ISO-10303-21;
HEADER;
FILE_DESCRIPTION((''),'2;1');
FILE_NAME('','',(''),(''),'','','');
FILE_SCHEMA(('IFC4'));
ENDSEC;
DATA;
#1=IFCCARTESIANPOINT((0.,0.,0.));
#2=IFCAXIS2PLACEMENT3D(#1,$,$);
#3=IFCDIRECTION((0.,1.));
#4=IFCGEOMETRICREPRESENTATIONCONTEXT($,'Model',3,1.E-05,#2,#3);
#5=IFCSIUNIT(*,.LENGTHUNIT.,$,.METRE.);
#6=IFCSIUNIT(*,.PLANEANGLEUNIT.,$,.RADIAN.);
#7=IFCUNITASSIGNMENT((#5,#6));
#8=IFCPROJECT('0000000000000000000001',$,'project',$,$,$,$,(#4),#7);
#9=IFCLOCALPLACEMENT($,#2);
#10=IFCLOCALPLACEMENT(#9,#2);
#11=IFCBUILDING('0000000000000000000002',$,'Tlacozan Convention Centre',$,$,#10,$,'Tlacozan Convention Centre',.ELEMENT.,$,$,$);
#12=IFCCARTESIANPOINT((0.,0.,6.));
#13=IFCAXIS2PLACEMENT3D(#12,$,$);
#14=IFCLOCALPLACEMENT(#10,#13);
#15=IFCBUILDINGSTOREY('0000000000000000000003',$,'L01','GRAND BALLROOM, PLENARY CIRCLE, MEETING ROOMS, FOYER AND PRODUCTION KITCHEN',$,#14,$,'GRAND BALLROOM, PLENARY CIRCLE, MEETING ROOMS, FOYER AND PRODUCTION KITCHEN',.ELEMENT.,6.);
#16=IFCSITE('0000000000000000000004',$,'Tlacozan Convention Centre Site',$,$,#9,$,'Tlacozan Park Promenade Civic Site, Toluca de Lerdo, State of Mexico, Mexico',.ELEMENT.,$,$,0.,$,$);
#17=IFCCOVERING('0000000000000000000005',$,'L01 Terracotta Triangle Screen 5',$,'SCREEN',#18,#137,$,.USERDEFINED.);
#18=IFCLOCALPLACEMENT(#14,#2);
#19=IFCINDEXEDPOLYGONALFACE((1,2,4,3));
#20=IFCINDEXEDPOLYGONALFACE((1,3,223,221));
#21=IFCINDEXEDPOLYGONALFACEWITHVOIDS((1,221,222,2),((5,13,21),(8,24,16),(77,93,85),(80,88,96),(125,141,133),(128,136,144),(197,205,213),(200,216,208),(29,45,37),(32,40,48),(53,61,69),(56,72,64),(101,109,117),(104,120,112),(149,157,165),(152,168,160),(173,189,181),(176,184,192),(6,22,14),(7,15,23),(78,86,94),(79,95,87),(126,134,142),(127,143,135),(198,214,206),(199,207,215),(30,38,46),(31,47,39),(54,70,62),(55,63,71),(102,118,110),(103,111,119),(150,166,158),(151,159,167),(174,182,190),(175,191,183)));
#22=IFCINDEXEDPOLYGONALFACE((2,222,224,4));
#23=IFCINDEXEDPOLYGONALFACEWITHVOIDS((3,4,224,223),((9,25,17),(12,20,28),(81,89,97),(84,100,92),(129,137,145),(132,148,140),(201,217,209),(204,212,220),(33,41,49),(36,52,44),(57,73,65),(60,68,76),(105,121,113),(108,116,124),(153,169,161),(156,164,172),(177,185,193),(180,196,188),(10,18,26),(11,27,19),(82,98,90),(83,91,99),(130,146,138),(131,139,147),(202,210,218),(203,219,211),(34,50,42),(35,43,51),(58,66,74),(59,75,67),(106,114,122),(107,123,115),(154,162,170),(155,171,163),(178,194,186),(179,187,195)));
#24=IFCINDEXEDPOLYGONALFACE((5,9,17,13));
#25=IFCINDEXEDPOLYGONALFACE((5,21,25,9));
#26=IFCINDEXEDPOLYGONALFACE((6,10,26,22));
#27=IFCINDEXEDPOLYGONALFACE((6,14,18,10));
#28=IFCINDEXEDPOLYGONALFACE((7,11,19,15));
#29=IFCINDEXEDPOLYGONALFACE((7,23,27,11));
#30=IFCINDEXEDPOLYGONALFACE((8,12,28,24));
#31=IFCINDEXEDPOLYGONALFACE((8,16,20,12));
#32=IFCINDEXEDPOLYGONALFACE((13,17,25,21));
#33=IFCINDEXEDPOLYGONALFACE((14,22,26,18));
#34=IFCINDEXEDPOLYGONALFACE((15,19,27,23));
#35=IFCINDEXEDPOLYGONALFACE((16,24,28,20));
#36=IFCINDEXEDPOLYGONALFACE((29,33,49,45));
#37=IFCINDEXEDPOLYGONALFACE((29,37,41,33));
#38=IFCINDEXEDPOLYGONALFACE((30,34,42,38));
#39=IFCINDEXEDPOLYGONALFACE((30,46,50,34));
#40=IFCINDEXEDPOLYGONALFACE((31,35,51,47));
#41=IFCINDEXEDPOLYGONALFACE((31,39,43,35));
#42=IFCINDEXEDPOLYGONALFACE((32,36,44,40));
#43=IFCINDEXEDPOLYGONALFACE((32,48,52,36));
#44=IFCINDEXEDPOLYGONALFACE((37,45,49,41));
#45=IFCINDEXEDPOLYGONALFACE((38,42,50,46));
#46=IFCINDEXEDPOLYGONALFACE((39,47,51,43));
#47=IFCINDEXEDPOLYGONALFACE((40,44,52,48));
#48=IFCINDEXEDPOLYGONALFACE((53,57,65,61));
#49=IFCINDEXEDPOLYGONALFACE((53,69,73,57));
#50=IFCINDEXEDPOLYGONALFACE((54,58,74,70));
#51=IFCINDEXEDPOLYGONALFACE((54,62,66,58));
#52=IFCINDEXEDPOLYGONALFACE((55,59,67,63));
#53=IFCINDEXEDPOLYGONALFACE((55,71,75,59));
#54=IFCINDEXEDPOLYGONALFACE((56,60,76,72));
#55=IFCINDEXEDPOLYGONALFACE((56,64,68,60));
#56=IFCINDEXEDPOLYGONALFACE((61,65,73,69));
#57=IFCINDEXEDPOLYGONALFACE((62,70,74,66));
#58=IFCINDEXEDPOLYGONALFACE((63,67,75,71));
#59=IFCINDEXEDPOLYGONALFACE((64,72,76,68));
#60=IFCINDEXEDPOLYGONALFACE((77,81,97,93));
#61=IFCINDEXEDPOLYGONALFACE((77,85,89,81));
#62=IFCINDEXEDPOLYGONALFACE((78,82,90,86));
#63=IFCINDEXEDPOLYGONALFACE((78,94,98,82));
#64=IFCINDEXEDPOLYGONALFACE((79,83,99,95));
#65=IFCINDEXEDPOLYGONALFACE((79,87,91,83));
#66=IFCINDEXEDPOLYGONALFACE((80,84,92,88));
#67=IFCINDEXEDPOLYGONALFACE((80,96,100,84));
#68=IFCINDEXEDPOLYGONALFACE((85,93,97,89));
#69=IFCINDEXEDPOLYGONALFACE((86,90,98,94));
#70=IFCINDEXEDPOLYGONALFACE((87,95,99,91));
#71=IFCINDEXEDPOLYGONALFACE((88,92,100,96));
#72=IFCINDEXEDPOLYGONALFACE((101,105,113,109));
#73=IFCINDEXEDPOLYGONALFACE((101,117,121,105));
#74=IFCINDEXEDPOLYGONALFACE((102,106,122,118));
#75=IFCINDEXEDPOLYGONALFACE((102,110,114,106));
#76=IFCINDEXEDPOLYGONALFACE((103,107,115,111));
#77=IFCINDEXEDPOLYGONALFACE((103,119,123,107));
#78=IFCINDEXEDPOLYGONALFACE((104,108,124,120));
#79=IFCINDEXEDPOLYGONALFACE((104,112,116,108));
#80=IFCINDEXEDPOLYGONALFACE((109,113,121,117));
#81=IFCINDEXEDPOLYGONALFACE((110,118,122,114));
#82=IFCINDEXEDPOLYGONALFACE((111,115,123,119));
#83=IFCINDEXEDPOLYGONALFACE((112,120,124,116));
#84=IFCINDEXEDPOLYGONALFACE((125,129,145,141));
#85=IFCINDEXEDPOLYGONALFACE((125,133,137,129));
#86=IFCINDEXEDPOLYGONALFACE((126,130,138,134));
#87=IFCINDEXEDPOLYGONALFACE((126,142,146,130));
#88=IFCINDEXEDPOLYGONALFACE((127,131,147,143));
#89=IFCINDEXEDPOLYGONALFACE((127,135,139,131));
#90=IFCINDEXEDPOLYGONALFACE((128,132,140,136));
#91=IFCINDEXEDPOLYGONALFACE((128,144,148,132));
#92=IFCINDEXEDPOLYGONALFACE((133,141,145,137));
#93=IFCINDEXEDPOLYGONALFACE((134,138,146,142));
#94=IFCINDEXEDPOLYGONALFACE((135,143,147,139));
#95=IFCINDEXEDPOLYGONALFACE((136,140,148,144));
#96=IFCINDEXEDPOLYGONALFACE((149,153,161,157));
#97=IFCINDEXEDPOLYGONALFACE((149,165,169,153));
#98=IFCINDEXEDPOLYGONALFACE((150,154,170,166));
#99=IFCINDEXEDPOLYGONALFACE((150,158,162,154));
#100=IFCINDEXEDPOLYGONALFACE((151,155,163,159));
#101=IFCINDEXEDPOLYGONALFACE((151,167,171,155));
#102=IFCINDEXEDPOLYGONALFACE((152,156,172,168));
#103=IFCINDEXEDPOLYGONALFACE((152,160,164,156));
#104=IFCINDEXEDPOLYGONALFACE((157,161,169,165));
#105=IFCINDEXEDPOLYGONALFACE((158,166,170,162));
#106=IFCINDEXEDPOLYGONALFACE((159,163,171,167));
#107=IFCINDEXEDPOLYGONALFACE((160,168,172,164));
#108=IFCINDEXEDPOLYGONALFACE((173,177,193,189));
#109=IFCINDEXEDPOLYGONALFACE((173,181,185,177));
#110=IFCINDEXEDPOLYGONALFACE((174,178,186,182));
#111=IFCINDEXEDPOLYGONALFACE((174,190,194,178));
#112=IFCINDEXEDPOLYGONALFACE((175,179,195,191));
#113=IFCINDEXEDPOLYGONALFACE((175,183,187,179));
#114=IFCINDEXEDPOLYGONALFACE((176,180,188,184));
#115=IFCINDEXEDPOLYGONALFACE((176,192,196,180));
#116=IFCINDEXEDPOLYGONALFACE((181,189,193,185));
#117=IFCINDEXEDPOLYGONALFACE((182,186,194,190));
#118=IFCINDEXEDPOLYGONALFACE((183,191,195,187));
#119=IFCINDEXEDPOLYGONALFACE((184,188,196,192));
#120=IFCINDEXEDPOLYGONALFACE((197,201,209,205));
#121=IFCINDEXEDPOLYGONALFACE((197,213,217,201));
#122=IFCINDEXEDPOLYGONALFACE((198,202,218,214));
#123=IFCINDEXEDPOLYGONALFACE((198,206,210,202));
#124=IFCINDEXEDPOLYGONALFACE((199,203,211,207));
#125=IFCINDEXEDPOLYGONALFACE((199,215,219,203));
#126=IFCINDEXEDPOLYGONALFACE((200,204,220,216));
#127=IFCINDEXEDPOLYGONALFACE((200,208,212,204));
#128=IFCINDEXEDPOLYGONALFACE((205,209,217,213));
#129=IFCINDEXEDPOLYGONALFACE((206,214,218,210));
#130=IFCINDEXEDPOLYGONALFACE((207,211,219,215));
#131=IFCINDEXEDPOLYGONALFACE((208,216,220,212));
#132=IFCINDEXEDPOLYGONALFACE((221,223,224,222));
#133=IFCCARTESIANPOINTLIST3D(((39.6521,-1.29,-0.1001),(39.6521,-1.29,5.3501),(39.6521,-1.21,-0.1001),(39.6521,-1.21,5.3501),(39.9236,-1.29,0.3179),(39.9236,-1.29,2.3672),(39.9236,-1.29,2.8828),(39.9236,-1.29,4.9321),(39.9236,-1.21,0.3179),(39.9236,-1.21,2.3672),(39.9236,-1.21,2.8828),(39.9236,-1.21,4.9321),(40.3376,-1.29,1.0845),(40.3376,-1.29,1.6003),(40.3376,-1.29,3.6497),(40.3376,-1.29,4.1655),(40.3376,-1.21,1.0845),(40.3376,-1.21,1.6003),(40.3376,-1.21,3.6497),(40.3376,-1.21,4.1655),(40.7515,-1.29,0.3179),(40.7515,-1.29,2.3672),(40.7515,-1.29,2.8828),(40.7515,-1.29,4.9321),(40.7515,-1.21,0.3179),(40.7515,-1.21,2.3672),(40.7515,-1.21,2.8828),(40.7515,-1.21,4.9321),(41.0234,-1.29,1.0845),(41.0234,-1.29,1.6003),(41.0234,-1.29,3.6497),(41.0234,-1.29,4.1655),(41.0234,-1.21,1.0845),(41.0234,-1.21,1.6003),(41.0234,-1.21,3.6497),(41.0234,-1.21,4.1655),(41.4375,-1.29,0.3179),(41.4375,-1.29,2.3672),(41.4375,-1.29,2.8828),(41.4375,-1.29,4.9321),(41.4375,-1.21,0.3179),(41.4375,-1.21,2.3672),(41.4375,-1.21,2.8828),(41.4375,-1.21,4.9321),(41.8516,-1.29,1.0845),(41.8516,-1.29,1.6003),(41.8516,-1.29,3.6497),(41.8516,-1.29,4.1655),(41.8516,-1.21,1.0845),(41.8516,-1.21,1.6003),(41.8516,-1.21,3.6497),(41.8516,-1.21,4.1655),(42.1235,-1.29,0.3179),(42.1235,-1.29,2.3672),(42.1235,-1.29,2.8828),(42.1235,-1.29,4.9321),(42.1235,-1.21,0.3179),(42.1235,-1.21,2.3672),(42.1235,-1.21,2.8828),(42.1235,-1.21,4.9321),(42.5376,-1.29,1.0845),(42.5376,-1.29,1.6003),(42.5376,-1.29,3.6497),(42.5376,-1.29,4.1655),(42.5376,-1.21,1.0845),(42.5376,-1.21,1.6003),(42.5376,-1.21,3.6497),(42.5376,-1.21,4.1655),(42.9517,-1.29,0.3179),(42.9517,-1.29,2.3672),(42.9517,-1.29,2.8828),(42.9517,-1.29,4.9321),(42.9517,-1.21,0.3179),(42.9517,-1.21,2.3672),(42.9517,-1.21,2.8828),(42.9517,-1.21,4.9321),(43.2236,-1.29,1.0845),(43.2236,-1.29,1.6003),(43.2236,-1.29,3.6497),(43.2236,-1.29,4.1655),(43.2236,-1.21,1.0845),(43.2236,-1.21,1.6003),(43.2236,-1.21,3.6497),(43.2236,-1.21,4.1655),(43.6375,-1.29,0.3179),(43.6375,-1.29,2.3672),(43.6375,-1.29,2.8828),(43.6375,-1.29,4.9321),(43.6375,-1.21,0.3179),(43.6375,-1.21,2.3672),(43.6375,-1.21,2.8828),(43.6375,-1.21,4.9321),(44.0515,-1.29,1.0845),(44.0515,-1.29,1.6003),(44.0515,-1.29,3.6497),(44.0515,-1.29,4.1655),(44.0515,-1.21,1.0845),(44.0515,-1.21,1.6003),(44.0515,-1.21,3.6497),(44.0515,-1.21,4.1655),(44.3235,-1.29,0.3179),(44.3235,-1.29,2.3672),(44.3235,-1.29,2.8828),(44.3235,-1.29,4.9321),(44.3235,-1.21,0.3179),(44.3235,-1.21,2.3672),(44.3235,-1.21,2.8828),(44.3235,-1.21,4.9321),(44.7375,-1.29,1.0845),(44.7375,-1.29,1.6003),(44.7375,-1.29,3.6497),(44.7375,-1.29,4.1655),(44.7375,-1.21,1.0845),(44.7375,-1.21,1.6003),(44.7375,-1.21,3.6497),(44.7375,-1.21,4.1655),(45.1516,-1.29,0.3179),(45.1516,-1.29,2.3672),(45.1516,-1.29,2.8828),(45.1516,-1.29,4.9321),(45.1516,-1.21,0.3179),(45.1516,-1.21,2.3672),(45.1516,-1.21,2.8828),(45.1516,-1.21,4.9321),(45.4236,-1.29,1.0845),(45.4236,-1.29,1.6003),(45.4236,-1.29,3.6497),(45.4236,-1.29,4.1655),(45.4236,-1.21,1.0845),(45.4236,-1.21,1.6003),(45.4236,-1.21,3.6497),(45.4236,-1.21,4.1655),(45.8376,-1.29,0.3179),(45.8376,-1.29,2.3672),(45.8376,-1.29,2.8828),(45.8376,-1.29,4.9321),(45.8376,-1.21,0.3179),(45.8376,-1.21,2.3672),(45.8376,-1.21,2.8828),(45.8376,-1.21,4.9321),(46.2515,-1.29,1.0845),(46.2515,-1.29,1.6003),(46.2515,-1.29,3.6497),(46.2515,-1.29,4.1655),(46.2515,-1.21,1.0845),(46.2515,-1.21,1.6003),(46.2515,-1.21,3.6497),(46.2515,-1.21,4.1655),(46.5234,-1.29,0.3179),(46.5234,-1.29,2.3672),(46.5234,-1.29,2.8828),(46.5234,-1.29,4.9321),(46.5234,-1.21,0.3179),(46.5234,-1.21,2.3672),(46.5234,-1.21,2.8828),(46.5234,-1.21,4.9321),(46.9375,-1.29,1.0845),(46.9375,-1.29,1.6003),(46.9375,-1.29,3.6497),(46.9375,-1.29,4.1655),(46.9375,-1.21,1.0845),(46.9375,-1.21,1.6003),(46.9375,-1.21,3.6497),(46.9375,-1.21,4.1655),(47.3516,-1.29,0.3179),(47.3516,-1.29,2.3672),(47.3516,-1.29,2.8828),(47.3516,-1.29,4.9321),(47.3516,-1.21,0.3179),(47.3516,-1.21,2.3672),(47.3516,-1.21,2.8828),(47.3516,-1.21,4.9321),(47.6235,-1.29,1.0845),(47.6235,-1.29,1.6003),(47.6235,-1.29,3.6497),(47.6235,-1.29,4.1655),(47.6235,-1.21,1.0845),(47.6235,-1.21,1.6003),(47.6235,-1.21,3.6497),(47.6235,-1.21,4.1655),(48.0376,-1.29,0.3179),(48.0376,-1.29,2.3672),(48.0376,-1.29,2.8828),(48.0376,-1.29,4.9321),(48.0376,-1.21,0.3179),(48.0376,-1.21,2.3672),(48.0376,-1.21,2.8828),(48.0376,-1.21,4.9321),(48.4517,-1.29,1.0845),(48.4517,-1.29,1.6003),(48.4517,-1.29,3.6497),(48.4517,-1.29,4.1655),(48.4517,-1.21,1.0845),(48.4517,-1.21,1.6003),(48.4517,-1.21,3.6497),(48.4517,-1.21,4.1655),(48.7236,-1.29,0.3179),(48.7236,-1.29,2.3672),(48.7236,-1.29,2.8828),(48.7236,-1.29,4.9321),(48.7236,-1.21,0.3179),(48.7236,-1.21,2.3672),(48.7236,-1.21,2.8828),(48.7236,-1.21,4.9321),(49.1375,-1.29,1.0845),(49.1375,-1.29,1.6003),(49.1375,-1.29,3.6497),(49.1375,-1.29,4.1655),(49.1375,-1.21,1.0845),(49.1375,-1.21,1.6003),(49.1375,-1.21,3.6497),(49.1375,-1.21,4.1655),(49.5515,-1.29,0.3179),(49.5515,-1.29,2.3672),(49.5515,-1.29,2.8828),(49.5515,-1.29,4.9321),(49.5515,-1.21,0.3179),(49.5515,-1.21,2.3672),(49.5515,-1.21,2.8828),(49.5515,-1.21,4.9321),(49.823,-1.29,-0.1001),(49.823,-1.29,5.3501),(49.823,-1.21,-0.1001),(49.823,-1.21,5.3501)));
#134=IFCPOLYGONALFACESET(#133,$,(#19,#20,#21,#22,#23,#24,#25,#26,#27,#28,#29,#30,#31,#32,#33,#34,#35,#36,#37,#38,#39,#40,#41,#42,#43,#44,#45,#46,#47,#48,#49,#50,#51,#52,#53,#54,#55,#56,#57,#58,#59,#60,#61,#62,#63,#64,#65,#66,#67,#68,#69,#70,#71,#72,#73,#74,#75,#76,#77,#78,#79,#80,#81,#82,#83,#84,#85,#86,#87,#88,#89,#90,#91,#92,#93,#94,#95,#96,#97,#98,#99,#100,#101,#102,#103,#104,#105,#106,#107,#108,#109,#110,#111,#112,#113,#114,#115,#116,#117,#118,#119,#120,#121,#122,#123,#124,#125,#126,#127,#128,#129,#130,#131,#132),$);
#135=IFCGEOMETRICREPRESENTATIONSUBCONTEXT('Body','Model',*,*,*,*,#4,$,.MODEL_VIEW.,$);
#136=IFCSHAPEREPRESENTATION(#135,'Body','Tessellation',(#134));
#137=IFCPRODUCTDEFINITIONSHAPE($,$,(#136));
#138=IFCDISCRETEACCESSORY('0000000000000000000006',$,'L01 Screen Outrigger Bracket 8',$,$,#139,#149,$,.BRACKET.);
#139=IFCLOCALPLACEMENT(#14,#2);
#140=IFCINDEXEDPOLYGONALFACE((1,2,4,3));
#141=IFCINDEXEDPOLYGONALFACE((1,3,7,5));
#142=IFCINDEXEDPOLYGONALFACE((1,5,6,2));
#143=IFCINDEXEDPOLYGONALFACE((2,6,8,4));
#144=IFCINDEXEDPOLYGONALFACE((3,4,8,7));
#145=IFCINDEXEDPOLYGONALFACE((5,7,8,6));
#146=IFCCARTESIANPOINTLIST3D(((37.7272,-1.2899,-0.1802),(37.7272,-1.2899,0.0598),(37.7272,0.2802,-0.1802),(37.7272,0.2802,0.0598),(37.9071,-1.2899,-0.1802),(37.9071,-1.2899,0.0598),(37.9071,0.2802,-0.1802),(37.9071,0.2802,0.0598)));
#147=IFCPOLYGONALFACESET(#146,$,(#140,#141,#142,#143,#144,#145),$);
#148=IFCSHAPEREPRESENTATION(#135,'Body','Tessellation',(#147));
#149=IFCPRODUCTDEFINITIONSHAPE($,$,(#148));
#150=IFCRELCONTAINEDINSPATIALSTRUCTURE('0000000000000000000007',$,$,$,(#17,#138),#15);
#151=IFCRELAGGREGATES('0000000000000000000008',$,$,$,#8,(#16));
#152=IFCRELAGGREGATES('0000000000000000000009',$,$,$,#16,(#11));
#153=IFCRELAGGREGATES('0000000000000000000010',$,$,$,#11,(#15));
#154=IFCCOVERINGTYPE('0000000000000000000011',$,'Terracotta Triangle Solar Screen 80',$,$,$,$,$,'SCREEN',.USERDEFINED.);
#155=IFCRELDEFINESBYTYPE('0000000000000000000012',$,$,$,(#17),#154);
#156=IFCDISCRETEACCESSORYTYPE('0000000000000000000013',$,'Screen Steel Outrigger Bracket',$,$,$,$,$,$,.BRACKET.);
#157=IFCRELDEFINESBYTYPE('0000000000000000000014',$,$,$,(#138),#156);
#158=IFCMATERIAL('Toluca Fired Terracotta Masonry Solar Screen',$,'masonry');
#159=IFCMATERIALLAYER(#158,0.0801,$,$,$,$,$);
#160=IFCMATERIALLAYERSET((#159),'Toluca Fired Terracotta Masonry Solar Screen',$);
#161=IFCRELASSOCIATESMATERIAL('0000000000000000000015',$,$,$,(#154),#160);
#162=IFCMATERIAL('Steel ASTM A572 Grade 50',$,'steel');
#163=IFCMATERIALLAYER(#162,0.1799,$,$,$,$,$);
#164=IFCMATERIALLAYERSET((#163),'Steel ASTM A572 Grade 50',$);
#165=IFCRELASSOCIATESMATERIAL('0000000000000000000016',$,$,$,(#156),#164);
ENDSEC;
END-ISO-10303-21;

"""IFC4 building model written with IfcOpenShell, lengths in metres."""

from ifc_helpers import new_model, si_unit, direction, frame, origin, origin_2d, place, context, subcontext, project, spatial, polyline, rectangle, outline, extrude, material, layer, layer_set, type_object, element, save


model = new_model("IFC4")

# Units and contexts
model_context = context("Model", 3, precision=1e-05, world=origin(), true_north=direction((0.0, 1.0)))
body_context = subcontext(model_context, "Body", "Model", "MODEL_VIEW")
ifc_project = project(units=[si_unit("LENGTHUNIT", "METRE"), si_unit("PLANEANGLEUNIT", "RADIAN")], contexts=[model_context])

# Site, building, storey
site_placement = place(None, origin())
site = spatial("IfcSite", under=ifc_project, at=site_placement, Name="Tlacozan Convention Centre Site", LongName="Tlacozan Park Promenade Civic Site, Toluca de Lerdo, State of Mexico, Mexico", CompositionType="ELEMENT", RefElevation=0.0)
building_placement = place(site_placement, origin())
building = spatial("IfcBuilding", under=site, at=building_placement, Name="Tlacozan Convention Centre", LongName="Tlacozan Convention Centre", CompositionType="ELEMENT")
storey_placement = place(building_placement, frame((0.0, 0.0, 6.0)))
storey = spatial("IfcBuildingStorey", under=building, at=storey_placement, Name="L01", Description="GRAND BALLROOM, PLENARY CIRCLE, MEETING ROOMS, FOYER AND PRODUCTION KITCHEN", LongName="GRAND BALLROOM, PLENARY CIRCLE, MEETING ROOMS, FOYER AND PRODUCTION KITCHEN", CompositionType="ELEMENT", Elevation=6.0)

# Covering
ifc_material_1 = material(Name="Toluca Fired Terracotta Masonry Solar Screen", Category="masonry")
ifc_layer_1 = layer(ifc_material_1, 0.0801)
ifc_layer_set_1 = layer_set([ifc_layer_1], Name="Toluca Fired Terracotta Masonry Solar Screen")
covering_type = type_object("IfcCoveringType", Name="Terracotta Triangle Solar Screen 80", ElementType="SCREEN", PredefinedType="USERDEFINED", material=ifc_layer_set_1)
covering_placement = place(storey_placement, frame((39.6521, -1.25, -0.1001), z_axis=(0.0, 0.0, 1.0), x_axis=(1.0, 0.0, 0.0)))
element("IfcCovering", 1, at=covering_placement, inside=storey, type_object=covering_type, Name="L01 Terracotta Triangle Screen 5", ObjectType="SCREEN", PredefinedType="USERDEFINED", context=body_context, shape_type="SweptSolid", body=[
    extrude(outline(polyline([(0.0, 0.0), (10.1709, 0.0), (10.1709, 5.4502), (0.0, 5.4502), (0.0, 0.0)]), holes=[polyline([(0.2715, 0.418), (1.0994, 0.418), (0.6855, 1.1846), (0.2715, 0.418)]), polyline([(1.3713, 1.1846), (2.1995, 1.1846), (1.7854, 0.418), (1.3713, 1.1846)]), polyline([(2.4714, 0.418), (3.2996, 0.418), (2.8855, 1.1846), (2.4714, 0.418)]), polyline([(3.5715, 1.1846), (4.3994, 1.1846), (3.9854, 0.418), (3.5715, 1.1846)]), polyline([(4.6714, 0.418), (5.4995, 0.418), (5.0854, 1.1846), (4.6714, 0.418)]), polyline([(5.7715, 1.1846), (6.5994, 1.1846), (6.1855, 0.418), (5.7715, 1.1846)]), polyline([(6.8713, 0.418), (7.6995, 0.418), (7.2854, 1.1846), (6.8713, 0.418)]), polyline([(7.9714, 1.1846), (8.7996, 1.1846), (8.3855, 0.418), (7.9714, 1.1846)]), polyline([(9.0715, 0.418), (9.8994, 0.418), (9.4854, 1.1846), (9.0715, 0.418)]), polyline([(0.2715, 2.4673), (1.0994, 2.4673), (0.6855, 1.7004), (0.2715, 2.4673)]), polyline([(1.3713, 1.7004), (2.1995, 1.7004), (1.7854, 2.4673), (1.3713, 1.7004)]), polyline([(2.4714, 2.4673), (3.2996, 2.4673), (2.8855, 1.7004), (2.4714, 2.4673)]), polyline([(3.5715, 1.7004), (4.3994, 1.7004), (3.9854, 2.4673), (3.5715, 1.7004)]), polyline([(4.6714, 2.4673), (5.4995, 2.4673), (5.0854, 1.7004), (4.6714, 2.4673)]), polyline([(5.7715, 1.7004), (6.5994, 1.7004), (6.1855, 2.4673), (5.7715, 1.7004)]), polyline([(6.8713, 2.4673), (7.6995, 2.4673), (7.2854, 1.7004), (6.8713, 2.4673)]), polyline([(7.9714, 1.7004), (8.7996, 1.7004), (8.3855, 2.4673), (7.9714, 1.7004)]), polyline([(9.0715, 2.4673), (9.8994, 2.4673), (9.4854, 1.7004), (9.0715, 2.4673)]), polyline([(0.2715, 2.9829), (1.0994, 2.9829), (0.6855, 3.7498), (0.2715, 2.9829)]), polyline([(1.3713, 3.7498), (2.1995, 3.7498), (1.7854, 2.9829), (1.3713, 3.7498)]), polyline([(2.4714, 2.9829), (3.2996, 2.9829), (2.8855, 3.7498), (2.4714, 2.9829)]), polyline([(3.5715, 3.7498), (4.3994, 3.7498), (3.9854, 2.9829), (3.5715, 3.7498)]), polyline([(4.6714, 2.9829), (5.4995, 2.9829), (5.0854, 3.7498), (4.6714, 2.9829)]), polyline([(5.7715, 3.7498), (6.5994, 3.7498), (6.1855, 2.9829), (5.7715, 3.7498)]), polyline([(6.8713, 2.9829), (7.6995, 2.9829), (7.2854, 3.7498), (6.8713, 2.9829)]), polyline([(7.9714, 3.7498), (8.7996, 3.7498), (8.3855, 2.9829), (7.9714, 3.7498)]), polyline([(9.0715, 2.9829), (9.8994, 2.9829), (9.4854, 3.7498), (9.0715, 2.9829)]), polyline([(0.2715, 5.0322), (1.0994, 5.0322), (0.6855, 4.2656), (0.2715, 5.0322)]), polyline([(1.3713, 4.2656), (2.1995, 4.2656), (1.7854, 5.0322), (1.3713, 4.2656)]), polyline([(2.4714, 5.0322), (3.2996, 5.0322), (2.8855, 4.2656), (2.4714, 5.0322)]), polyline([(3.5715, 4.2656), (4.3994, 4.2656), (3.9854, 5.0322), (3.5715, 4.2656)]), polyline([(4.6714, 5.0322), (5.4995, 5.0322), (5.0854, 4.2656), (4.6714, 5.0322)]), polyline([(5.7715, 4.2656), (6.5994, 4.2656), (6.1855, 5.0322), (5.7715, 4.2656)]), polyline([(6.8713, 5.0322), (7.6995, 5.0322), (7.2854, 4.2656), (6.8713, 5.0322)]), polyline([(7.9714, 4.2656), (8.7996, 4.2656), (8.3855, 5.0322), (7.9714, 4.2656)]), polyline([(9.0715, 5.0322), (9.8994, 5.0322), (9.4854, 4.2656), (9.0715, 5.0322)])]), frame((0.0, 0.04, 0.0), z_axis=(0.0, -1.0, 0.0), x_axis=(1.0, 0.0, 0.0)), (0.0, 0.0, 1.0), 0.0801),
])

# Discrete accessory
ifc_material_2 = material(Name="Steel ASTM A572 Grade 50", Category="steel")
ifc_layer_2 = layer(ifc_material_2, 0.1799)
ifc_layer_set_2 = layer_set([ifc_layer_2], Name="Steel ASTM A572 Grade 50")
discrete_accessory_type = type_object("IfcDiscreteAccessoryType", Name="Screen Steel Outrigger Bracket", PredefinedType="BRACKET", material=ifc_layer_set_2)
discrete_accessory_placement = place(storey_placement, frame((37.8171, -0.5049, -0.1802), z_axis=(0.0, 0.0, 1.0), x_axis=(0.0, 1.0, 0.0)))
element("IfcDiscreteAccessory", 2, at=discrete_accessory_placement, inside=storey, type_object=discrete_accessory_type, Name="L01 Screen Outrigger Bracket 8", PredefinedType="BRACKET", context=body_context, shape_type="SweptSolid", body=[
    extrude(rectangle(XDim=1.5701, YDim=0.1799, at=origin_2d()), origin(), (0.0, 0.0, 1.0), 0.24),
])

save(model, "model.ifc")
